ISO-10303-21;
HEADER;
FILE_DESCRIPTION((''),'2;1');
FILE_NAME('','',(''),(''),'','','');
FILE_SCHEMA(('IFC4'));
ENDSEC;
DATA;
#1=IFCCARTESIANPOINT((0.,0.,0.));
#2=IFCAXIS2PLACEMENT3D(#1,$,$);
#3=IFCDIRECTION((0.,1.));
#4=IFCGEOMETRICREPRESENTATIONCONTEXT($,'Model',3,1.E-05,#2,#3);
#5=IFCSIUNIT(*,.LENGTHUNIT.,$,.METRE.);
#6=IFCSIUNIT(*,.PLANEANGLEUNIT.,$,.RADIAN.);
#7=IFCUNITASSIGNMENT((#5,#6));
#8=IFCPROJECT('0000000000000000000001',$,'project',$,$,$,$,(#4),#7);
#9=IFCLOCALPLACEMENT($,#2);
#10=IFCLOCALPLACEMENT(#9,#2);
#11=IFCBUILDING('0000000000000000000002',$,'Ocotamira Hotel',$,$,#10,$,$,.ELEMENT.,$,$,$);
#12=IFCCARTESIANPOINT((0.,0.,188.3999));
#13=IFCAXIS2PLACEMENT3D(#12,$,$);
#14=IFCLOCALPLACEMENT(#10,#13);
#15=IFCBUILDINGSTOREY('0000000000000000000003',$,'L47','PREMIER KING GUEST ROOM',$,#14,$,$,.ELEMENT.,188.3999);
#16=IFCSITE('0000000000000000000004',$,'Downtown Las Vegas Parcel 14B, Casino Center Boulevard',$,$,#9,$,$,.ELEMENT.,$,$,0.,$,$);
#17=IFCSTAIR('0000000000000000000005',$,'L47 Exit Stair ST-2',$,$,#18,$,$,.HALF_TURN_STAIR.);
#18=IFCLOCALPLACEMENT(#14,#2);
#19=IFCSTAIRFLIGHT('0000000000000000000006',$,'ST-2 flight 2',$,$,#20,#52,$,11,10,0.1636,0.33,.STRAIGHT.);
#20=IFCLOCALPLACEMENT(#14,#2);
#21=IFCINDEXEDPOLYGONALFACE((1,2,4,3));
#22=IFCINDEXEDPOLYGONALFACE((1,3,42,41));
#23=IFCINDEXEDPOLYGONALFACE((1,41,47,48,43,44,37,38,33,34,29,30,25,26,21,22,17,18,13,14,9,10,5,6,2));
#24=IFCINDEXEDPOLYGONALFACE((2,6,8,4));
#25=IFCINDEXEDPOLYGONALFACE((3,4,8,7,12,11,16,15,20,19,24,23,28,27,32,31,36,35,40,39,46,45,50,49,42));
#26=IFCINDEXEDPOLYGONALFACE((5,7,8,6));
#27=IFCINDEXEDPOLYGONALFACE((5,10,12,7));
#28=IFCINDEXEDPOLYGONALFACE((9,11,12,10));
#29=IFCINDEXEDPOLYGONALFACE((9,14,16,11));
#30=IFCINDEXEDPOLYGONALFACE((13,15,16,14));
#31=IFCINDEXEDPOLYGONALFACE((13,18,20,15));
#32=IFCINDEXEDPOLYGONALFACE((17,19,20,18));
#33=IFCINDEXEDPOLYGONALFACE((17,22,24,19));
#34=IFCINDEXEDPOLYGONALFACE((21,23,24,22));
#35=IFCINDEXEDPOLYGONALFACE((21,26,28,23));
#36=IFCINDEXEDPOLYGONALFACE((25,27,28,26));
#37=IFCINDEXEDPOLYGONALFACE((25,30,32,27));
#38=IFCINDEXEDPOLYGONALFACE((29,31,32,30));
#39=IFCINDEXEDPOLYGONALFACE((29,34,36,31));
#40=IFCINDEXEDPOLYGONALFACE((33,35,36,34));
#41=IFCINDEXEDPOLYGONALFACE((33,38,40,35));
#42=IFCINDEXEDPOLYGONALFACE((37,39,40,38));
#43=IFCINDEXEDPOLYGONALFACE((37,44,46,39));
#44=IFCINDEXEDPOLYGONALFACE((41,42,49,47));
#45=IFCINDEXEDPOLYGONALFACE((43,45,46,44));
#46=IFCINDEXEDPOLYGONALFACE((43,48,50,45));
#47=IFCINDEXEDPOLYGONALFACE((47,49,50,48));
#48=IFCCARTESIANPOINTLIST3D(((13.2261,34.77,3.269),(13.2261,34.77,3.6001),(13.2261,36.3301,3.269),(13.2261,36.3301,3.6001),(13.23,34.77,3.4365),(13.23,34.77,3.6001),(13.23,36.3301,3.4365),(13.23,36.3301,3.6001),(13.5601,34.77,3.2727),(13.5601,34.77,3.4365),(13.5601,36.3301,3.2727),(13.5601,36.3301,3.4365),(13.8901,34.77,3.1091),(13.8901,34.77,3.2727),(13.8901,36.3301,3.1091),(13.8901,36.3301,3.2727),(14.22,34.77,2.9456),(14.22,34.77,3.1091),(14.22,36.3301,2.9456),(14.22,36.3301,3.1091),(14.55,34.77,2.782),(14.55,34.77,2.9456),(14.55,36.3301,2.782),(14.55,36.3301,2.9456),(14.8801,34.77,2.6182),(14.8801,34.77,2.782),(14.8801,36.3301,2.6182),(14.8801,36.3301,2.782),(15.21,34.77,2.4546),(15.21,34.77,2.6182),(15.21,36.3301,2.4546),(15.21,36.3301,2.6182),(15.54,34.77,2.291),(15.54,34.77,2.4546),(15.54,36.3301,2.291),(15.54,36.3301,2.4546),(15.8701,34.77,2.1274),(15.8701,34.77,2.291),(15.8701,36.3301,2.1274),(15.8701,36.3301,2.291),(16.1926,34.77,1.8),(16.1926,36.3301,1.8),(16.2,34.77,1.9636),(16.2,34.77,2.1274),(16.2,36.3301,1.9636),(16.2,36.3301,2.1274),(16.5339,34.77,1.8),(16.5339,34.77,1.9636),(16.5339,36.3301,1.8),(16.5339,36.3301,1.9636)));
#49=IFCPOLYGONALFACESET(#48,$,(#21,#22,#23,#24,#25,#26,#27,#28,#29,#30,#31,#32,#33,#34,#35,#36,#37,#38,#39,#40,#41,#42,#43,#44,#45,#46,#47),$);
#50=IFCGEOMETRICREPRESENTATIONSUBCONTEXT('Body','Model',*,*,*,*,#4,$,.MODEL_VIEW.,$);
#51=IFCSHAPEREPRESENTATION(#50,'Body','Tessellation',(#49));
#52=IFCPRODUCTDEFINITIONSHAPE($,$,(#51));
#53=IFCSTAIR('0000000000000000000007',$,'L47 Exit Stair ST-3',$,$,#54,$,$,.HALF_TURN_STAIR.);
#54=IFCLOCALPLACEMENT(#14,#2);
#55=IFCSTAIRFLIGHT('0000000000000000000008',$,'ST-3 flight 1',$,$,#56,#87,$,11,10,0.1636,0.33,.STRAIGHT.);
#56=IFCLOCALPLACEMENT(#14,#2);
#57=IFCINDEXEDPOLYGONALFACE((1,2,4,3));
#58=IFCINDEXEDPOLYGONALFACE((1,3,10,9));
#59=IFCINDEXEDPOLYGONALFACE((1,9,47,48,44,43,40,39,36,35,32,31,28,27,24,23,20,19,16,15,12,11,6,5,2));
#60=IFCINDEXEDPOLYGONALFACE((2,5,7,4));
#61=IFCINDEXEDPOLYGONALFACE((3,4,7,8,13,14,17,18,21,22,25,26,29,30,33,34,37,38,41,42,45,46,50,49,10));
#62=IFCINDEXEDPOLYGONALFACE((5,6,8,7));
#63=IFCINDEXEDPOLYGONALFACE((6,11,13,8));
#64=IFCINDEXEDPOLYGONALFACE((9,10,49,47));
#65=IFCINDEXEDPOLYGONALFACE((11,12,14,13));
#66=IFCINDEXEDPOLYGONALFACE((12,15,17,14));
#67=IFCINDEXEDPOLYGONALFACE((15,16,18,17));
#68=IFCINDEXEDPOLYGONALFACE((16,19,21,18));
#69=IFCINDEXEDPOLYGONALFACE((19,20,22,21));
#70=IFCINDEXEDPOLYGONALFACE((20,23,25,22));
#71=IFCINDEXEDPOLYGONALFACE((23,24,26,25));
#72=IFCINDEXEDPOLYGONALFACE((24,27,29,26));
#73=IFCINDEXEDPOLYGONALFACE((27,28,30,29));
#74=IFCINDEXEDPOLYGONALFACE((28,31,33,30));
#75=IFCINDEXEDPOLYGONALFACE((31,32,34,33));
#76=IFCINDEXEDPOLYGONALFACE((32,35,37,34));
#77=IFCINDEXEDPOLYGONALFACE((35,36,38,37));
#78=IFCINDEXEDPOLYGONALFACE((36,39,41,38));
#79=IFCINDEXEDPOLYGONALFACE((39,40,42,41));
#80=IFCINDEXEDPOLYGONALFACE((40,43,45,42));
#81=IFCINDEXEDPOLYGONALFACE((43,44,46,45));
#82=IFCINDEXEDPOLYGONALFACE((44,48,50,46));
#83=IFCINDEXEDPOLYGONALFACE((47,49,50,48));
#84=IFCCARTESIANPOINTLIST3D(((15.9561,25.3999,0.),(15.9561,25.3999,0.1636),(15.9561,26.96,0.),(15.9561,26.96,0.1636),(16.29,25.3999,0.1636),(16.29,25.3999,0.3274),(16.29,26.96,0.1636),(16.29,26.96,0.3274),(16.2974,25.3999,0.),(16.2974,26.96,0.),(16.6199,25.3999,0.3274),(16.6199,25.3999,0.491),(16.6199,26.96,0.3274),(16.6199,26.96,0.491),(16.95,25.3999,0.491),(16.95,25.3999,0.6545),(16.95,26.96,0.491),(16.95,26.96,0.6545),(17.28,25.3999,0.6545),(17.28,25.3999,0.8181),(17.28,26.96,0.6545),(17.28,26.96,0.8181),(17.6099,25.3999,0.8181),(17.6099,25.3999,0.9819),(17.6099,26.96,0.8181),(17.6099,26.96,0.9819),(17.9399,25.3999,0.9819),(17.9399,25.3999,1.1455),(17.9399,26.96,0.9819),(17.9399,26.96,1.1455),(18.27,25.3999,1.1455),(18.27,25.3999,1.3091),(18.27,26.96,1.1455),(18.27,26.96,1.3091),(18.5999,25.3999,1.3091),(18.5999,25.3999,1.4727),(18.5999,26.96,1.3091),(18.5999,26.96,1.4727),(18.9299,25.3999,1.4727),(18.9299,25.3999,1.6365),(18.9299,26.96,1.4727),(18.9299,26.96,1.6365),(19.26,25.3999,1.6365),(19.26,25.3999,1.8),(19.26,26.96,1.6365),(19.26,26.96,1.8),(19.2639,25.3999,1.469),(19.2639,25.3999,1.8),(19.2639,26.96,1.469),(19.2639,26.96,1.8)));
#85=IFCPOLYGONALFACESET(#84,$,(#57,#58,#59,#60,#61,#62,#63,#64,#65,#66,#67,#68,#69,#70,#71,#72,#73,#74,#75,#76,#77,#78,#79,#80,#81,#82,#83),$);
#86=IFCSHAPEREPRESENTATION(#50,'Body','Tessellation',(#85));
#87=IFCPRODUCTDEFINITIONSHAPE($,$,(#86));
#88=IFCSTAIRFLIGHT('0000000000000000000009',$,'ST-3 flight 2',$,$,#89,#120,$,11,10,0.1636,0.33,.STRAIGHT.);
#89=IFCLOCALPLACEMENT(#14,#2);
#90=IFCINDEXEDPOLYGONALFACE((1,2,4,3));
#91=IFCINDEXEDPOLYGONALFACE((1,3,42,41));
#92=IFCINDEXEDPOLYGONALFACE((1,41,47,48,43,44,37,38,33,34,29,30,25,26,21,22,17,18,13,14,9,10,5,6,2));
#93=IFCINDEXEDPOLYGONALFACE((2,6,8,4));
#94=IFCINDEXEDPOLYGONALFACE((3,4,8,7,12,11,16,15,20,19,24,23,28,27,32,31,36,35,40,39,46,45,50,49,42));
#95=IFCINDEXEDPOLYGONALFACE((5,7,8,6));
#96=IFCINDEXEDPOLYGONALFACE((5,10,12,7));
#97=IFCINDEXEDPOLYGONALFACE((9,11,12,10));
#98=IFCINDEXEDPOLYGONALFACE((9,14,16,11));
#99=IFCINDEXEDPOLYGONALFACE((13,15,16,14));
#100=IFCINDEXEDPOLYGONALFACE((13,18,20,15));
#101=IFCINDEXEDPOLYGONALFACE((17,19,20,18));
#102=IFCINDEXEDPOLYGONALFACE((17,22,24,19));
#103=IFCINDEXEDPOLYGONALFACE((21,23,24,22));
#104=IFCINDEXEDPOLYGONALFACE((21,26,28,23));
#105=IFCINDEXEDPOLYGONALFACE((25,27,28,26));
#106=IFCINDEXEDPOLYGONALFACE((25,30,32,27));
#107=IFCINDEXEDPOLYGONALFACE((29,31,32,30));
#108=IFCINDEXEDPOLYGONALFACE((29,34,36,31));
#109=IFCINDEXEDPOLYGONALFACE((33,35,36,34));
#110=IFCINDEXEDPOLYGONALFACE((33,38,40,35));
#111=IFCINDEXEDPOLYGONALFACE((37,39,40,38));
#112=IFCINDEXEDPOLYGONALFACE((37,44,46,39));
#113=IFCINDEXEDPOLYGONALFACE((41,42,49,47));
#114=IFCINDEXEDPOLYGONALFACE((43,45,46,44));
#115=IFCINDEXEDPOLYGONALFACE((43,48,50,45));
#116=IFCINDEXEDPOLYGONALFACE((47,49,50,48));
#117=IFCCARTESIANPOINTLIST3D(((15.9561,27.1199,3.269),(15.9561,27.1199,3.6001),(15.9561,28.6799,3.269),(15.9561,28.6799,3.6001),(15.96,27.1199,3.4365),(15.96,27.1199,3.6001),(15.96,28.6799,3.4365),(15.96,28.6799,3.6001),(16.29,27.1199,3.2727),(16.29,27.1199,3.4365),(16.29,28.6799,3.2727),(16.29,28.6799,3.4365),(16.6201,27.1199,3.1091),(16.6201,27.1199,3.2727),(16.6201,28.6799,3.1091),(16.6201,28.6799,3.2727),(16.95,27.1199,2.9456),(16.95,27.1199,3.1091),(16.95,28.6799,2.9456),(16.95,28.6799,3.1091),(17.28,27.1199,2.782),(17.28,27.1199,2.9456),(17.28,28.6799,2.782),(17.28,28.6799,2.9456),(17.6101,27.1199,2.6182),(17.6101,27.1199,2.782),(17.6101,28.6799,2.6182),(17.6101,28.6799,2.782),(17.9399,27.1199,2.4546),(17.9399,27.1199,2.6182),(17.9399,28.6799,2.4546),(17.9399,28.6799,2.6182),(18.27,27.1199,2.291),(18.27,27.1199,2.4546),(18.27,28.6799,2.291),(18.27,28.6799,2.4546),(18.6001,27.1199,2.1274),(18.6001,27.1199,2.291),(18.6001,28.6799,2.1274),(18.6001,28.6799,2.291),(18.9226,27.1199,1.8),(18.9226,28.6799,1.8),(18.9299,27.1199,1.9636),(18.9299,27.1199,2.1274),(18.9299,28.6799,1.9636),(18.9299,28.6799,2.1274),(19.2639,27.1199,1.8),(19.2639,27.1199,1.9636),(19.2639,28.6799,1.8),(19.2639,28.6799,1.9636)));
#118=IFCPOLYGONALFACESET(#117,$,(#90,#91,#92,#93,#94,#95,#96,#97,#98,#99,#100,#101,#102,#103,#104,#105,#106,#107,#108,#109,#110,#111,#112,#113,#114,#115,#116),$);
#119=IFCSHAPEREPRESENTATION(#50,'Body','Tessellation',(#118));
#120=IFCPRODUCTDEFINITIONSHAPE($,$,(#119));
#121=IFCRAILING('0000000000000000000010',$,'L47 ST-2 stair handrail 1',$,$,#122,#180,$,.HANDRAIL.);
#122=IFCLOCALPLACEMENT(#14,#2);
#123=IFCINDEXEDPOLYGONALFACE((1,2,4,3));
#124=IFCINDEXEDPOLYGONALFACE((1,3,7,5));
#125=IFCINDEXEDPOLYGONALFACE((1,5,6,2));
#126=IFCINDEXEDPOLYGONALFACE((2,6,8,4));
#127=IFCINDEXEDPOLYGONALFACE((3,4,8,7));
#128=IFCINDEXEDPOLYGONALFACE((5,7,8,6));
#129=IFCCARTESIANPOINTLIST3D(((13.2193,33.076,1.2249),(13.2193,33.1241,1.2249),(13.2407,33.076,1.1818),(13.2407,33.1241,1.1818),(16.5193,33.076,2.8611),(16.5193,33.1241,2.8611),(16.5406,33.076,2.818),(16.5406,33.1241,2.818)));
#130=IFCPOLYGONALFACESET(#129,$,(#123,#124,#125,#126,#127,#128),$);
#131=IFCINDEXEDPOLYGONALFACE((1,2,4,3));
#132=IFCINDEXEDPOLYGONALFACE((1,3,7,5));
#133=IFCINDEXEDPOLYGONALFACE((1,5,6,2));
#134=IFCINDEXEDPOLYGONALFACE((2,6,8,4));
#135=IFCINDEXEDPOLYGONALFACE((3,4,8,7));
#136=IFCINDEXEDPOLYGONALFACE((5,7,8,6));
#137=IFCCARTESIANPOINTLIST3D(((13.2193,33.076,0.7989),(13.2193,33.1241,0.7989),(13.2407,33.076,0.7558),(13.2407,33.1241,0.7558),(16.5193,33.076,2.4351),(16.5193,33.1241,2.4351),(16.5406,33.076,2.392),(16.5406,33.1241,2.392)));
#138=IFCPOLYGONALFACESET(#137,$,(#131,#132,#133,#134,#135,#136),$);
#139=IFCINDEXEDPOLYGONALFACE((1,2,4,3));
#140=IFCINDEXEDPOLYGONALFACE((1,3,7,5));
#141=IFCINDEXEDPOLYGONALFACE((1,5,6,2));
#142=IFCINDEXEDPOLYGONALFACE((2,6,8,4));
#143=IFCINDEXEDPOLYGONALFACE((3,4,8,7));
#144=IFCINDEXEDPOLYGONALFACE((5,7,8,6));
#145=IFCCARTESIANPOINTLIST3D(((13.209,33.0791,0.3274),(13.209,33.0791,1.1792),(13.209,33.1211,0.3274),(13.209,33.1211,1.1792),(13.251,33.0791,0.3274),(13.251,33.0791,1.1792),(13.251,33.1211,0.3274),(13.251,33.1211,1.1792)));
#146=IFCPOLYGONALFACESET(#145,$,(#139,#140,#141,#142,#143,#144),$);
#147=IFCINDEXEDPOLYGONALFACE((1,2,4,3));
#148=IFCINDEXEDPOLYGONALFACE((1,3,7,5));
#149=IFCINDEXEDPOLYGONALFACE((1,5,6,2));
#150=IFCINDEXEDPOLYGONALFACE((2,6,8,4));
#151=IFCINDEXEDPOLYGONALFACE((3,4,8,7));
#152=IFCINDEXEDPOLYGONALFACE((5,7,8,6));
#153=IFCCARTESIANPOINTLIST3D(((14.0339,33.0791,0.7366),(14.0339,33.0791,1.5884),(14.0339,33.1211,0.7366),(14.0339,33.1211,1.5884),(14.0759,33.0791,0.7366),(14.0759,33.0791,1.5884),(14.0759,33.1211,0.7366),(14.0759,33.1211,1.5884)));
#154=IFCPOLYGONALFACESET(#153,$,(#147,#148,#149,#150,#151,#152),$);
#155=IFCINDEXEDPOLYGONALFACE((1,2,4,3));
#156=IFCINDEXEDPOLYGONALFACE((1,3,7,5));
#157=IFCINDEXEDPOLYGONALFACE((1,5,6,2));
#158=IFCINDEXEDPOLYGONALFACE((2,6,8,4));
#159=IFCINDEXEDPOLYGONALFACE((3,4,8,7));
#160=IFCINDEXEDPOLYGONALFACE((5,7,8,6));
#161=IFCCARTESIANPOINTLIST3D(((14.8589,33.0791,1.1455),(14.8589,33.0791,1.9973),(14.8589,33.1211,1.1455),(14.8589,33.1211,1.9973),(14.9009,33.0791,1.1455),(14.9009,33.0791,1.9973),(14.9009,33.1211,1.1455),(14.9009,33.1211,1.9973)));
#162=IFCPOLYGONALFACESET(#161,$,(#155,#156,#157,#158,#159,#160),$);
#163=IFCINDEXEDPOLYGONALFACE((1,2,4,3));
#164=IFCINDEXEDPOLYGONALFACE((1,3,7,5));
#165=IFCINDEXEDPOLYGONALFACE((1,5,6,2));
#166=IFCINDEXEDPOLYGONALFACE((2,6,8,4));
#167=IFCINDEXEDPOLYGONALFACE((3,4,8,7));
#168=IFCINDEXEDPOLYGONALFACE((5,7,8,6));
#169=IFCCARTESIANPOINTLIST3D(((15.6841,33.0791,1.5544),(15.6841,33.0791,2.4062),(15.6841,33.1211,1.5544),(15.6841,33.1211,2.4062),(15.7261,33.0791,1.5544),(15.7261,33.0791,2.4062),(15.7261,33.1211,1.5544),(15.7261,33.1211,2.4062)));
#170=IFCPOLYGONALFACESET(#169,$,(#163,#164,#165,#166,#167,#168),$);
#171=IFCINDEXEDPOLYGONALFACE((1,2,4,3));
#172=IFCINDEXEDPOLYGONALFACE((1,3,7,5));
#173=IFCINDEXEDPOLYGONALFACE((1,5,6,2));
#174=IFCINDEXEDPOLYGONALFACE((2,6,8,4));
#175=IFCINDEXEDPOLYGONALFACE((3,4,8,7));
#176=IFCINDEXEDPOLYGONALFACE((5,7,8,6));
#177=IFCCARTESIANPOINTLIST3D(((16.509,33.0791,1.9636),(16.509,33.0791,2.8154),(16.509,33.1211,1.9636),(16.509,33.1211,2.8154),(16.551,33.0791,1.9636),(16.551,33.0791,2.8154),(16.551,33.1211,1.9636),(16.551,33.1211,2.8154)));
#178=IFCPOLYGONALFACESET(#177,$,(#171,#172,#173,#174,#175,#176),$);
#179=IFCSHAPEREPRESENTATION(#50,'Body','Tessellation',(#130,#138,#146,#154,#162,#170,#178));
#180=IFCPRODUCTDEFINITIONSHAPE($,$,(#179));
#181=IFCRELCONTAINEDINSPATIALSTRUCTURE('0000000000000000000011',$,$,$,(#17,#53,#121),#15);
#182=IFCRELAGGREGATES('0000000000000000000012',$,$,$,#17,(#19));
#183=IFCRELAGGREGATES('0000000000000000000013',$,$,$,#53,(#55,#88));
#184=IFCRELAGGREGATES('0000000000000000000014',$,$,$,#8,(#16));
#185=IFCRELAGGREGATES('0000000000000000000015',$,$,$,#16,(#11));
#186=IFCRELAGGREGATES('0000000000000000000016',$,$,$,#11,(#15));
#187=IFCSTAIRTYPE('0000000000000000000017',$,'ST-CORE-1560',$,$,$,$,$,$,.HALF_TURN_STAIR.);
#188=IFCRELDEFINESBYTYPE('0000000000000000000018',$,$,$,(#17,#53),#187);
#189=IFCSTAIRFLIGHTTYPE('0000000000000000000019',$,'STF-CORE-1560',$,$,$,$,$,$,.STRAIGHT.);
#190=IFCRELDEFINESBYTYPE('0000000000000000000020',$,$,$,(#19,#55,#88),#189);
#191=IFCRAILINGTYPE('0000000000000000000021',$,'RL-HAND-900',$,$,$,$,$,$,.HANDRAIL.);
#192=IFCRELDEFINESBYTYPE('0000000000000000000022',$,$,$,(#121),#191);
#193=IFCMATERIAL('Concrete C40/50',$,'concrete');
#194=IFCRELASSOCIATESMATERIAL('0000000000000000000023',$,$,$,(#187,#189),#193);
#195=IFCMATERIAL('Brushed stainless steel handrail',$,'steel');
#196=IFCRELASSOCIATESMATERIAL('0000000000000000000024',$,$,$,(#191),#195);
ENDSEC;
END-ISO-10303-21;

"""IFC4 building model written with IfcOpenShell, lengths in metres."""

from ifc_helpers import new_model, si_unit, direction, frame, origin, origin_2d, place, context, subcontext, project, spatial, polyline, rectangle, outline, extrude, source, transform, mapped, material, type_object, element, aggregate, save


model = new_model("IFC4")

# Units and contexts
model_context = context("Model", 3, precision=1e-05, world=origin(), true_north=direction((0.0, 1.0)))
body_context = subcontext(model_context, "Body", "Model", "MODEL_VIEW")
ifc_project = project(units=[si_unit("LENGTHUNIT", "METRE"), si_unit("PLANEANGLEUNIT", "RADIAN")], contexts=[model_context])

# Site, building, storey
site_placement = place(None, origin())
site = spatial("IfcSite", under=ifc_project, at=site_placement, Name="Downtown Las Vegas Parcel 14B, Casino Center Boulevard", CompositionType="ELEMENT", RefElevation=0.0)
building_placement = place(site_placement, origin())
building = spatial("IfcBuilding", under=site, at=building_placement, Name="Ocotamira Hotel", CompositionType="ELEMENT")
storey_placement = place(building_placement, frame((0.0, 0.0, 188.3999)))
storey = spatial("IfcBuildingStorey", under=building, at=storey_placement, Name="L47", Description="PREMIER KING GUEST ROOM", CompositionType="ELEMENT", Elevation=188.3999)

# Stairs, stair flights
ifc_material_1 = material(Name="Concrete C40/50", Category="concrete")
stair_type = type_object("IfcStairType", Name="ST-CORE-1560", PredefinedType="HALF_TURN_STAIR", material=ifc_material_1)
stair_1_placement = place(storey_placement, origin())
stair_1 = element("IfcStair", 1, at=stair_1_placement, inside=storey, type_object=stair_type, Name="L47 Exit Stair ST-2", PredefinedType="HALF_TURN_STAIR")
stair_flight_type = type_object("IfcStairFlightType", Name="STF-CORE-1560", PredefinedType="STRAIGHT", material=ifc_material_1)
shared_shape_1 = source(origin(), body_context, "Body", "SweptSolid", [
    extrude(outline(polyline([(-0.0039, 0.0), (-0.0039, 0.1636), (0.3301, 0.1636), (0.3301, 0.3274), (0.6599, 0.3274), (0.6599, 0.491), (0.99, 0.491), (0.99, 0.6545), (1.3201, 0.6545), (1.3201, 0.8181), (1.6499, 0.8181), (1.6499, 0.9819), (1.98, 0.9819), (1.98, 1.1455), (2.3101, 1.1455), (2.3101, 1.3091), (2.6399, 1.3091), (2.6399, 1.4727), (2.97, 1.4727), (2.97, 1.6365), (3.3, 1.6365), (3.3, 1.8), (3.304, 1.8), (3.304, 1.469), (0.3374, 0.0), (-0.0039, 0.0)])), frame((0.0, 0.78, 0.0), z_axis=(0.0, -1.0, 0.0), x_axis=(1.0, 0.0, 0.0)), (0.0, 0.0, 1.0), 1.5601),
])
stair_flight_1_placement = place(storey_placement, frame((16.53, 35.55, 1.8), z_axis=(0.0, 0.0, 1.0), x_axis=(-1.0, 0.0, 0.0)))
stair_flight_1 = element("IfcStairFlight", 2, at=stair_flight_1_placement, type_object=stair_flight_type, Name="ST-2 flight 2", NumberOfRisers=11, NumberOfTreads=10, PredefinedType="STRAIGHT", RiserHeight=0.1636, TreadLength=0.33, context=body_context, shape_type="MappedRepresentation", body=[
    mapped(shared_shape_1, transform((0.0, 0.0, 0.0), scale=1.0)),
])
aggregate(stair_1, [stair_flight_1])
stair_2_placement = place(storey_placement, origin())
stair_2 = element("IfcStair", 3, at=stair_2_placement, inside=storey, type_object=stair_type, Name="L47 Exit Stair ST-3", PredefinedType="HALF_TURN_STAIR")
stair_flight_2_placement = place(storey_placement, frame((15.96, 26.1799, 0.0), z_axis=(0.0, 0.0, 1.0), x_axis=(1.0, 0.0, 0.0)))
stair_flight_2 = element("IfcStairFlight", 4, at=stair_flight_2_placement, type_object=stair_flight_type, Name="ST-3 flight 1", NumberOfRisers=11, NumberOfTreads=10, PredefinedType="STRAIGHT", RiserHeight=0.1636, TreadLength=0.33, context=body_context, shape_type="MappedRepresentation", body=[
    mapped(shared_shape_1, transform((0.0, 0.0, 0.0), scale=1.0)),
])
stair_flight_3_placement = place(storey_placement, frame((19.26, 27.8999, 1.8), z_axis=(0.0, 0.0, 1.0), x_axis=(-1.0, 0.0, 0.0)))
stair_flight_3 = element("IfcStairFlight", 5, at=stair_flight_3_placement, type_object=stair_flight_type, Name="ST-3 flight 2", NumberOfRisers=11, NumberOfTreads=10, PredefinedType="STRAIGHT", RiserHeight=0.1636, TreadLength=0.33, context=body_context, shape_type="MappedRepresentation", body=[
    mapped(shared_shape_1, transform((0.0, 0.0, 0.0), scale=1.0)),
])
aggregate(stair_2, [stair_flight_2, stair_flight_3])

# Railing
ifc_material_2 = material(Name="Brushed stainless steel handrail", Category="steel")
railing_type_1 = type_object("IfcRailingType", Name="RL-HAND-900", PredefinedType="HANDRAIL", material=ifc_material_2)
railing_1_placement = place(storey_placement, frame((13.23, 33.1001, 0.3274)))
element("IfcRailing", 6, at=railing_1_placement, inside=storey, type_object=railing_type_1, Name="L47 ST-2 stair handrail 1", PredefinedType="HANDRAIL", context=body_context, shape_type="SweptSolid", body=[
    extrude(rectangle(XDim=0.0481, YDim=0.0481, at=origin_2d()), frame((0.0, 0.0, 0.876), z_axis=(0.89592, 0.0, 0.444215), x_axis=(0.0, 1.0, 0.0)), (0.0, 0.0, 1.0), 3.6833),
    extrude(rectangle(XDim=0.0481, YDim=0.0481, at=origin_2d()), frame((0.0, 0.0, 0.45), z_axis=(0.89592, 0.0, 0.444215), x_axis=(0.0, 1.0, 0.0)), (0.0, 0.0, 1.0), 3.6833),
    extrude(rectangle(XDim=0.042, YDim=0.042, at=origin_2d()), origin(), (0.0, 0.0, 1.0), 0.8518),
    extrude(rectangle(XDim=0.042, YDim=0.042, at=origin_2d()), frame((0.825, 0.0, 0.4092)), (0.0, 0.0, 1.0), 0.8518),
    extrude(rectangle(XDim=0.042, YDim=0.042, at=origin_2d()), frame((1.6499, 0.0, 0.8181)), (0.0, 0.0, 1.0), 0.8518),
    extrude(rectangle(XDim=0.042, YDim=0.042, at=origin_2d()), frame((2.4751, 0.0, 1.2271)), (0.0, 0.0, 1.0), 0.8518),
    extrude(rectangle(XDim=0.042, YDim=0.042, at=origin_2d()), frame((3.3, 0.0, 1.6362)), (0.0, 0.0, 1.0), 0.8518),
])

save(model, "model.ifc")
